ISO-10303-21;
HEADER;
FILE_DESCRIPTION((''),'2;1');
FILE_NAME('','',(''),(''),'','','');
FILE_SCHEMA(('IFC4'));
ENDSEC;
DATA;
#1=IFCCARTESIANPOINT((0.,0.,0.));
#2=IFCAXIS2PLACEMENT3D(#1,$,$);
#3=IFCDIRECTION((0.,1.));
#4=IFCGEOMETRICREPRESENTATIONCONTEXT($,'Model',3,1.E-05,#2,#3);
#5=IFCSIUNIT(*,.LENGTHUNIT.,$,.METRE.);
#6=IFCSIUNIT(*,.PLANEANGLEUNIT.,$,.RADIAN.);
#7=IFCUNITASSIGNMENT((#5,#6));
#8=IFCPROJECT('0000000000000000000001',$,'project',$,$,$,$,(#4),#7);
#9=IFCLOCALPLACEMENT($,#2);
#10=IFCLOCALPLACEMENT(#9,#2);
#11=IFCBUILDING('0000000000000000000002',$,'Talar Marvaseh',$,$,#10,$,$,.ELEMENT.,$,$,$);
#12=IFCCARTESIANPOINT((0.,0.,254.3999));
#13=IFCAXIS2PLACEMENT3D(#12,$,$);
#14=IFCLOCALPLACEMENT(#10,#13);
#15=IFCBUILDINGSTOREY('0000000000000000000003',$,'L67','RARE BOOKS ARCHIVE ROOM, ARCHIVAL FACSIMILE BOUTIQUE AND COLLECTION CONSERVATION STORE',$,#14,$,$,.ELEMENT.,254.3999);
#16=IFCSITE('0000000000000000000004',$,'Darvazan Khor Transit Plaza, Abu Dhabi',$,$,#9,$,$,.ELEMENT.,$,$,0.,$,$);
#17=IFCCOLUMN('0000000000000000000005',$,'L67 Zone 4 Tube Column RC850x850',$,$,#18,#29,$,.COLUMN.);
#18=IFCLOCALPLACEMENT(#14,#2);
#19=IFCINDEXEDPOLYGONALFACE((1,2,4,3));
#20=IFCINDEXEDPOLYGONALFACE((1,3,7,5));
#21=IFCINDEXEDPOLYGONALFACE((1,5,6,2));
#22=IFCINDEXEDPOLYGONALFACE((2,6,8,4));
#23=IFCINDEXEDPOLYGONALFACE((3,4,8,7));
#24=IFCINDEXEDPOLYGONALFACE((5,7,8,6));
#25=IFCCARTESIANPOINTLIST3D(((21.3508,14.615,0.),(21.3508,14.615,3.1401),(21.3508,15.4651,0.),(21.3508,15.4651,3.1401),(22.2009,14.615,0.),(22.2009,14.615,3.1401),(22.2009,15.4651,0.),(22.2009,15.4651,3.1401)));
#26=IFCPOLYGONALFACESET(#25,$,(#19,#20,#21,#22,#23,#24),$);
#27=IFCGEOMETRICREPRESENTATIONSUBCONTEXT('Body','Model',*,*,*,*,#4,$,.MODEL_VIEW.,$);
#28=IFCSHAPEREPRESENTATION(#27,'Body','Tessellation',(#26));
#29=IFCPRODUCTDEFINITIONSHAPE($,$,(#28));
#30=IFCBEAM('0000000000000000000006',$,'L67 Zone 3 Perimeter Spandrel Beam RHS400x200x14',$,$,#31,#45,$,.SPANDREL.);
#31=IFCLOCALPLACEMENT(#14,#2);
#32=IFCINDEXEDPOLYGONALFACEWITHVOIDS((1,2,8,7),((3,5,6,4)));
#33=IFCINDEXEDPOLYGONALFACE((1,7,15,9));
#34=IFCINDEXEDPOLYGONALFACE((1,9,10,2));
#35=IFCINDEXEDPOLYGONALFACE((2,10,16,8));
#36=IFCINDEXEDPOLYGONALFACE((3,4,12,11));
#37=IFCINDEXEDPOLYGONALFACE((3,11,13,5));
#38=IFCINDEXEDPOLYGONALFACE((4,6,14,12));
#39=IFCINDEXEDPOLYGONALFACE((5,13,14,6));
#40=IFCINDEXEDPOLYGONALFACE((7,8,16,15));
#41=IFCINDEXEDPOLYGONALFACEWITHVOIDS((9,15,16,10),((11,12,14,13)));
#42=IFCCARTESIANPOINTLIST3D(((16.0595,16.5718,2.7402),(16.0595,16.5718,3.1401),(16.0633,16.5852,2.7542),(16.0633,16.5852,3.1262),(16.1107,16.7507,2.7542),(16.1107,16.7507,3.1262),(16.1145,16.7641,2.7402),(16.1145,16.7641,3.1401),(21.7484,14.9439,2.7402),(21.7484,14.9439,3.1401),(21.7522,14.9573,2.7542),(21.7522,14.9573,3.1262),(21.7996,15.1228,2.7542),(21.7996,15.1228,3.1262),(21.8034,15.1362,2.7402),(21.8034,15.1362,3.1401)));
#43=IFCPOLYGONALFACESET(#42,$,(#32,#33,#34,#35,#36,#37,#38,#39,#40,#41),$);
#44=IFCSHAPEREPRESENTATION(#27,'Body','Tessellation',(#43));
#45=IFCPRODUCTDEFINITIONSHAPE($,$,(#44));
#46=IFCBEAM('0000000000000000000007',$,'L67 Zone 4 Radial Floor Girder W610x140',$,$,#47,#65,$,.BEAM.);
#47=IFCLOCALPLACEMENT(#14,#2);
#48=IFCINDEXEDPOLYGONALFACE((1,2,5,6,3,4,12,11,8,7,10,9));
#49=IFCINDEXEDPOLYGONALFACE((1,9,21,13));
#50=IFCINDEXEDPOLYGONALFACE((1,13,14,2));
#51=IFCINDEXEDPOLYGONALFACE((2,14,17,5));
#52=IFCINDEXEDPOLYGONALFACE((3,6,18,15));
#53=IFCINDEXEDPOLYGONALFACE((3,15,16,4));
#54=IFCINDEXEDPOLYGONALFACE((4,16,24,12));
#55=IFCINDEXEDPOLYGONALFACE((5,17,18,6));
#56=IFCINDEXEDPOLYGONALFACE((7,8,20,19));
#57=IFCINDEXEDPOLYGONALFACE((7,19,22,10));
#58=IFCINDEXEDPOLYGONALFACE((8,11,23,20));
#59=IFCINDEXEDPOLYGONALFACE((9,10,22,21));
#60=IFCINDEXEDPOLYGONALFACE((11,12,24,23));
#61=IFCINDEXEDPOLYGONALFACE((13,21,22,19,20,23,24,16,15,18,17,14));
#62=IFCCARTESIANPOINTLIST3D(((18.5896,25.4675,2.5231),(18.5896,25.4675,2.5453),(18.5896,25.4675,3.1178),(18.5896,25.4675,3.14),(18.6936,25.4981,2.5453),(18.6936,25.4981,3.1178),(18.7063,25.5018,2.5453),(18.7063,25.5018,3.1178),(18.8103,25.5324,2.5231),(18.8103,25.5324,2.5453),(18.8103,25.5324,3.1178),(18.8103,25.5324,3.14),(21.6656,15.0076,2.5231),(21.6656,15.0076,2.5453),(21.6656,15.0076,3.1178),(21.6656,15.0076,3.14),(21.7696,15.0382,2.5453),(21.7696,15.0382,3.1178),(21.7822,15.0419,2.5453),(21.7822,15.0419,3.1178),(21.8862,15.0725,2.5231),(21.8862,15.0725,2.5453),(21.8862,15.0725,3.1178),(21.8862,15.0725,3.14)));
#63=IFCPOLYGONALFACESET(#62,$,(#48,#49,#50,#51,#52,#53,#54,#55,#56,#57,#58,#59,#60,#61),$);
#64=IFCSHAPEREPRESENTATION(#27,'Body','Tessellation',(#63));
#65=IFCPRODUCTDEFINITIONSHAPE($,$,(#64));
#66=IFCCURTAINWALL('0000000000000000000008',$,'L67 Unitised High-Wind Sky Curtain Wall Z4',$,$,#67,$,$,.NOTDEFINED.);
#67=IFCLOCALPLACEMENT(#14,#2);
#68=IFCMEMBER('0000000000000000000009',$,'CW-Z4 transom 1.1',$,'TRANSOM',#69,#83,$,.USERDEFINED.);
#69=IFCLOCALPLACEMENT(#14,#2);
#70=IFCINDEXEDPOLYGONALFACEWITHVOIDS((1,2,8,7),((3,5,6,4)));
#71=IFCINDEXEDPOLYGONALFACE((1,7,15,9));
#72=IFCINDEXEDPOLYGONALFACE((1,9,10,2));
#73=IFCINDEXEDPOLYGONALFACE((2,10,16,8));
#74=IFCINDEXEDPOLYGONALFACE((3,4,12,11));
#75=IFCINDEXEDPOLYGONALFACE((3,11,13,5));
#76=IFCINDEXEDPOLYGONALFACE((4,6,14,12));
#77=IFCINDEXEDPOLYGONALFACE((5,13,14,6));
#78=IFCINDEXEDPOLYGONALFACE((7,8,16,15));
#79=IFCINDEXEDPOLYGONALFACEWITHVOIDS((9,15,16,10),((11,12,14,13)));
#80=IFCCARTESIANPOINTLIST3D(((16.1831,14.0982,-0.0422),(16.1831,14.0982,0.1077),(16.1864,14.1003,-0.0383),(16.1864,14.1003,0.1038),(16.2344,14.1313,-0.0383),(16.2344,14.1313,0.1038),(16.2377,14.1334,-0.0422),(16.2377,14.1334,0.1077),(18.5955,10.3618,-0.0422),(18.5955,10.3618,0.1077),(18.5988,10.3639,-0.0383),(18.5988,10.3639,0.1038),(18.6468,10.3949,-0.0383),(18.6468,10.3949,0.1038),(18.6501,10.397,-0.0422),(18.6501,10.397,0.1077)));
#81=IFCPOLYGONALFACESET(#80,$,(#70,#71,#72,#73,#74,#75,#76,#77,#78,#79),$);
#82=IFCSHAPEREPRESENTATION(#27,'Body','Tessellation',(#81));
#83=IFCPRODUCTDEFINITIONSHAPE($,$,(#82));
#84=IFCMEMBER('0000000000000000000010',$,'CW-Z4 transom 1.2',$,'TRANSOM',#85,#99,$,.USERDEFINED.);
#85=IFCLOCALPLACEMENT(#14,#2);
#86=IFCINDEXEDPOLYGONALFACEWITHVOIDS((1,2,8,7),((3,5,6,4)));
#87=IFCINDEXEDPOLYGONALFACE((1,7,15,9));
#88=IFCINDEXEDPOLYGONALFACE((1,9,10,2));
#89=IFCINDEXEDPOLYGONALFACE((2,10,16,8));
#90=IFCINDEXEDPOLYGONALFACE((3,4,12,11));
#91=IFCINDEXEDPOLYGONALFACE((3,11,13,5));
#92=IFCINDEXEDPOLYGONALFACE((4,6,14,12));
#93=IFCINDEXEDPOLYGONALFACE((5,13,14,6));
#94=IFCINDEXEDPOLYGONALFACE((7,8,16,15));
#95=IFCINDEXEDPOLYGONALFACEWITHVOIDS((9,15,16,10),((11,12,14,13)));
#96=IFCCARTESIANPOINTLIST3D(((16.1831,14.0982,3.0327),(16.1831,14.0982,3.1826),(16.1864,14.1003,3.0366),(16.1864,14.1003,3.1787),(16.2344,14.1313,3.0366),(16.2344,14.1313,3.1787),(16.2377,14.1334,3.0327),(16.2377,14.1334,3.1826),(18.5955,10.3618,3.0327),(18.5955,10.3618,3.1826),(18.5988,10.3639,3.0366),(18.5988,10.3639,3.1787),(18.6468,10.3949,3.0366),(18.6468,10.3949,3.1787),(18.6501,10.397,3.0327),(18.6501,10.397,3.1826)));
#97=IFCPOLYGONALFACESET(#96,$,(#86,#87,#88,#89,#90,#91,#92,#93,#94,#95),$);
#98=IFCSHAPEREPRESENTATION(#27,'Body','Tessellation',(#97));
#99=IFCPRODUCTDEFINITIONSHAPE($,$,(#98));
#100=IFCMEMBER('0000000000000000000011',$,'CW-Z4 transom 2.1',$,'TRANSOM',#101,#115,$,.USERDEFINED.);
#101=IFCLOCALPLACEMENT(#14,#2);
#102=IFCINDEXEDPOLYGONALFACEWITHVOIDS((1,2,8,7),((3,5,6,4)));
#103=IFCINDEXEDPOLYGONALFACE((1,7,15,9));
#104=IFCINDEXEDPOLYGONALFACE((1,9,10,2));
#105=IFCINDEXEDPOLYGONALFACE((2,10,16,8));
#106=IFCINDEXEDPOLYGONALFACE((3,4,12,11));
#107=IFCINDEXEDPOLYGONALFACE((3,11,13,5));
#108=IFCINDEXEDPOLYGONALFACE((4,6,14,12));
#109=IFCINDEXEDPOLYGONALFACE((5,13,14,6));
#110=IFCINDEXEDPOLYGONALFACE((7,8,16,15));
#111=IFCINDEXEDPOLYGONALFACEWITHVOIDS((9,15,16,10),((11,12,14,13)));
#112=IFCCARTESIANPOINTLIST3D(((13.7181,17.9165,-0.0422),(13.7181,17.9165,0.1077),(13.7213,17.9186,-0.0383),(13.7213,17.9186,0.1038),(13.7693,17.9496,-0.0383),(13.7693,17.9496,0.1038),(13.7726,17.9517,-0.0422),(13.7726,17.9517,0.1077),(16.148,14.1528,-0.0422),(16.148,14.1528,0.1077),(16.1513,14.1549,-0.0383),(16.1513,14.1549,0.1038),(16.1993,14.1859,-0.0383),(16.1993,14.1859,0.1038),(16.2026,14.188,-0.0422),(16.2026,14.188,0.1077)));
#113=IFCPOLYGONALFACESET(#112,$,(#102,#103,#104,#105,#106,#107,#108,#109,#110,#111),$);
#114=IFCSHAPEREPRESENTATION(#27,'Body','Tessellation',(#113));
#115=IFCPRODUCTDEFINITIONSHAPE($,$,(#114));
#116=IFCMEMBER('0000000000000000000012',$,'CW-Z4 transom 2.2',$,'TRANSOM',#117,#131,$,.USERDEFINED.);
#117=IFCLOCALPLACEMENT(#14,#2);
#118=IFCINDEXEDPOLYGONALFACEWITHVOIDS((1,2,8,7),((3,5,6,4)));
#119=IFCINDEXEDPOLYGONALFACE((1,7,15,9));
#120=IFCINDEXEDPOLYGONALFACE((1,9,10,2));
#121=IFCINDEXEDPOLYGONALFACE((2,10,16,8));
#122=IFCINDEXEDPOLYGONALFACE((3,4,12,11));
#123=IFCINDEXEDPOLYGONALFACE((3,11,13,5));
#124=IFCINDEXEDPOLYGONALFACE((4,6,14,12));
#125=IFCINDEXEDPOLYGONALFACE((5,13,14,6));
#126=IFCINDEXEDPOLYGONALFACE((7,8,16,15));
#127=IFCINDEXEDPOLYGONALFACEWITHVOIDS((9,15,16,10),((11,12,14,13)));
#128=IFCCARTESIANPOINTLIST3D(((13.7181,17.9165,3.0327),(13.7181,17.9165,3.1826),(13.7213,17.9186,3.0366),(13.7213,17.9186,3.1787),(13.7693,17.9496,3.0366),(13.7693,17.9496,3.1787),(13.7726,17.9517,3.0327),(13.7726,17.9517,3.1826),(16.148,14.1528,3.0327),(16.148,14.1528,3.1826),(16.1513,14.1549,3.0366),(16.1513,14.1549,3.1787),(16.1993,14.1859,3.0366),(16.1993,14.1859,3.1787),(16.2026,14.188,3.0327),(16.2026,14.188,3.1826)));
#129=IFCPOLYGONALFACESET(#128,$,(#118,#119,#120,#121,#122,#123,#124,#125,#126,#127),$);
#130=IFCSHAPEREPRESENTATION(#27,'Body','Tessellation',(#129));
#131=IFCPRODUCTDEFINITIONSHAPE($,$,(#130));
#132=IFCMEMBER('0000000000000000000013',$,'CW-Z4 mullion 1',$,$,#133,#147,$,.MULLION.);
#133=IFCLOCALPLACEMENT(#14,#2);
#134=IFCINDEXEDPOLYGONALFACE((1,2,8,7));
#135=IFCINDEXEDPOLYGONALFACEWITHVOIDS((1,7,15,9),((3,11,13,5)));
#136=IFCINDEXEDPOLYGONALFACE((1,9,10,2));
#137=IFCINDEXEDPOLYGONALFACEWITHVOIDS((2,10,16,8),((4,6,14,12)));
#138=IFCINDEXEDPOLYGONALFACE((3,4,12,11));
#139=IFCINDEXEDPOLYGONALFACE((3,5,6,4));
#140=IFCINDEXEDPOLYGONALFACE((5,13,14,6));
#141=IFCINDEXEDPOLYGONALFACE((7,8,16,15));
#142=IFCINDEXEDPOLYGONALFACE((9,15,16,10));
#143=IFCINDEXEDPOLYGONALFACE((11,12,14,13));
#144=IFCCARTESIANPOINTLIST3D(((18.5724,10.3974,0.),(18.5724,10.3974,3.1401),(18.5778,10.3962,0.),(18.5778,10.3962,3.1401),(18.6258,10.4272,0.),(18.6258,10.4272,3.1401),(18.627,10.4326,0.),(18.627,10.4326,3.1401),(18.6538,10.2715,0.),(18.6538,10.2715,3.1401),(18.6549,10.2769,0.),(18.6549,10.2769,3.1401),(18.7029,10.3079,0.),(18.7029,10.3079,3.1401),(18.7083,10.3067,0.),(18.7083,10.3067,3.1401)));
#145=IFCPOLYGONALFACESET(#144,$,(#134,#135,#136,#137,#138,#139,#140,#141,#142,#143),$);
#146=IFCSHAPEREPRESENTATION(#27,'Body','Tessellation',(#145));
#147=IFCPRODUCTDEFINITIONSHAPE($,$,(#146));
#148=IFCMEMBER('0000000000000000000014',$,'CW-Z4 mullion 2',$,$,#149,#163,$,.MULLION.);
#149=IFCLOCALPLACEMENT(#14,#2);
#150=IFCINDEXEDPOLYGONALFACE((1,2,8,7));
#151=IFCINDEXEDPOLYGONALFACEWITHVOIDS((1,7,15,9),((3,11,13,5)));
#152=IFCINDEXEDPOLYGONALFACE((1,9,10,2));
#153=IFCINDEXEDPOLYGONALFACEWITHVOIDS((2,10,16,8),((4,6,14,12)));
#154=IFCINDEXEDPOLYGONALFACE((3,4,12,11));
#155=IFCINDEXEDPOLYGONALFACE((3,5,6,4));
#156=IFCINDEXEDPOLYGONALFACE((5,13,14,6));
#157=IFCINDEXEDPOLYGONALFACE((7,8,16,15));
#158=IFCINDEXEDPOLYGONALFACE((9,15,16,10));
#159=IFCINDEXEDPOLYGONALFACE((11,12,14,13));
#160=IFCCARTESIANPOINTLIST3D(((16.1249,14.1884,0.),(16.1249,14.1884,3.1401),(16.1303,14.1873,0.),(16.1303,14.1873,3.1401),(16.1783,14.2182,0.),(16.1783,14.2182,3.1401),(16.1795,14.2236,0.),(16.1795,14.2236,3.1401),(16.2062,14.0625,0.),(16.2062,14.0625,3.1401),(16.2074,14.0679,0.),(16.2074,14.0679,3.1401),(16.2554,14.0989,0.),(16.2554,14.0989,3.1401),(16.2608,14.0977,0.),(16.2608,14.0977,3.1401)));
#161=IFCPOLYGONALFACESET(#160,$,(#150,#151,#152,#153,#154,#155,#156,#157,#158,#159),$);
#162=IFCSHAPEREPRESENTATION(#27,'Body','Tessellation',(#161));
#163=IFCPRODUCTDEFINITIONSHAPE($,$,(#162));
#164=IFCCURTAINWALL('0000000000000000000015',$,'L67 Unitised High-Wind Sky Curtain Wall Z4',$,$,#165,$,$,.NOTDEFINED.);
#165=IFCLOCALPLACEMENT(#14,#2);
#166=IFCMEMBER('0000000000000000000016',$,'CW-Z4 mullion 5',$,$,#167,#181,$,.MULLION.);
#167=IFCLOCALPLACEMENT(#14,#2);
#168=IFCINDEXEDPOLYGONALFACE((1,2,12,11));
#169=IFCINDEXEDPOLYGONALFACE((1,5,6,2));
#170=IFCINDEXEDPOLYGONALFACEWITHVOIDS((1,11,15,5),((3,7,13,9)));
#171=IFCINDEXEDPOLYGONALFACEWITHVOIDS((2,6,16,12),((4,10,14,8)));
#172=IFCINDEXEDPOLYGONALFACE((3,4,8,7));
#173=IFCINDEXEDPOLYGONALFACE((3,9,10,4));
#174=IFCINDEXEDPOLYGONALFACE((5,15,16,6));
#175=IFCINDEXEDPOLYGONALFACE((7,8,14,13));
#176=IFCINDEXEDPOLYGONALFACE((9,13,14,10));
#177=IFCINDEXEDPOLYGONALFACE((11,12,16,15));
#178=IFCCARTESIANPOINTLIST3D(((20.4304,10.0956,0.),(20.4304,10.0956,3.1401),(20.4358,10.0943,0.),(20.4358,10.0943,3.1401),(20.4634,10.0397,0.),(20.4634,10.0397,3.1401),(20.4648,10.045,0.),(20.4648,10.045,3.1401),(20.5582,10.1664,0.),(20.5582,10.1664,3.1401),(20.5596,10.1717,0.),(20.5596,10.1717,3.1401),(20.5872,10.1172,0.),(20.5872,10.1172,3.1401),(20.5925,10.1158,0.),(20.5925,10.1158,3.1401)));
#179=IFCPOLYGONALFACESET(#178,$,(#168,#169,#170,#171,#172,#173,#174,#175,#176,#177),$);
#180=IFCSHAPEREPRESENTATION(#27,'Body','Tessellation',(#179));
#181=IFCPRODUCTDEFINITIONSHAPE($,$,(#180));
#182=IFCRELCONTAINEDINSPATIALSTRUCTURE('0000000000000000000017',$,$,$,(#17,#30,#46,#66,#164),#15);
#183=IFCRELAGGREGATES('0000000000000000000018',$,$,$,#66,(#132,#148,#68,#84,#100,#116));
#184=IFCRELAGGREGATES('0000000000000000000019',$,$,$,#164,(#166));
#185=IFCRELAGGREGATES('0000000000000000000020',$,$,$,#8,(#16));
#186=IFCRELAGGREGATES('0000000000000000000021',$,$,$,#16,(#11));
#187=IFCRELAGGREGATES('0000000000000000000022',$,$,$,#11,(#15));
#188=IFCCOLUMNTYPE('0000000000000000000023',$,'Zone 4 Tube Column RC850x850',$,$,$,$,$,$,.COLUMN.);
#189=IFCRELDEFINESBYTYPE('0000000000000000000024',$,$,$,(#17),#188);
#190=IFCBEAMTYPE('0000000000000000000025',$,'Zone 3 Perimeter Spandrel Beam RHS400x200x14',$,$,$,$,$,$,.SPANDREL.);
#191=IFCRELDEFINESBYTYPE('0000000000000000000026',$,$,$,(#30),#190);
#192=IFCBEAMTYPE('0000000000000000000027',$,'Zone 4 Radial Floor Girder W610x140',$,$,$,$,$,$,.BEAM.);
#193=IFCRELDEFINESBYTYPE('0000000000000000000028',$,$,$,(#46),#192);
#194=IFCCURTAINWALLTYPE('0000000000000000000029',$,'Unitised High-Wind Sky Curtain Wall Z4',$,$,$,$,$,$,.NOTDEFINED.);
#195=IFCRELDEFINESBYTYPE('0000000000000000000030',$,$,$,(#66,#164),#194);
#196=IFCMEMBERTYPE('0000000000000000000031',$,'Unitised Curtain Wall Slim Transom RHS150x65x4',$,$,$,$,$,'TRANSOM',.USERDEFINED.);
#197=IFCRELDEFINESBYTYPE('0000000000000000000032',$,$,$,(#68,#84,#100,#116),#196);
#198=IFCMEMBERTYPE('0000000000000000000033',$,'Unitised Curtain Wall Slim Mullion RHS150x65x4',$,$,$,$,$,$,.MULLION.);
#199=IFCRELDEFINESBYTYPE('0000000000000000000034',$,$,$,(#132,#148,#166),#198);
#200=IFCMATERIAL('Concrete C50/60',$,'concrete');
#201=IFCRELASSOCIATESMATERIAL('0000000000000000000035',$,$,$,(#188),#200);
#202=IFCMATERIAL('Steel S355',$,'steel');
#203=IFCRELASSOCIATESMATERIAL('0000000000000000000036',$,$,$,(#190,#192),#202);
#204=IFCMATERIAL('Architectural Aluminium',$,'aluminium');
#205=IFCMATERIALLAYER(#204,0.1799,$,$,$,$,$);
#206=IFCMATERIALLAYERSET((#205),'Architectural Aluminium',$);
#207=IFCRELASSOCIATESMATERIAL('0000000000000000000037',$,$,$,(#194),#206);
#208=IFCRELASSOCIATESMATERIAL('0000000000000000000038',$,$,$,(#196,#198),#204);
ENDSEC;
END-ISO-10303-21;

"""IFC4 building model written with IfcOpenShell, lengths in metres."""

from ifc_helpers import new_model, si_unit, direction, frame, origin, origin_2d, place, context, subcontext, project, spatial, rectangle, hollow_rectangle, i_section, extrude, source, transform, mapped, material, layer, layer_set, material_profile, profile_set, type_object, type_shapes, element, aggregate, save


model = new_model("IFC4")

# Units and contexts
model_context = context("Model", 3, precision=1e-05, world=origin(), true_north=direction((0.0, 1.0)))
body_context = subcontext(model_context, "Body", "Model", "MODEL_VIEW")
ifc_project = project(units=[si_unit("LENGTHUNIT", "METRE"), si_unit("PLANEANGLEUNIT", "RADIAN")], contexts=[model_context])

# Site, building, storey
site_placement = place(None, origin())
site = spatial("IfcSite", under=ifc_project, at=site_placement, Name="Darvazan Khor Transit Plaza, Abu Dhabi", CompositionType="ELEMENT", RefElevation=0.0)
building_placement = place(site_placement, origin())
building = spatial("IfcBuilding", under=site, at=building_placement, Name="Talar Marvaseh", CompositionType="ELEMENT")
storey_placement = place(building_placement, frame((0.0, 0.0, 254.3999)))
storey = spatial("IfcBuildingStorey", under=building, at=storey_placement, Name="L67", Description="RARE BOOKS ARCHIVE ROOM, ARCHIVAL FACSIMILE BOUTIQUE AND COLLECTION CONSERVATION STORE", CompositionType="ELEMENT", Elevation=254.3999)

# Column
ifc_material_1 = material(Name="Concrete C50/60", Category="concrete")
ifc_material_profile_1 = material_profile(ifc_material_1, rectangle(XDim=0.8501, YDim=0.8501, at=origin_2d()), Name="RC850x850")
ifc_profile_set_1 = profile_set([ifc_material_profile_1], Name="Concrete C50/60")
column_type = type_object("IfcColumnType", Name="Zone 4 Tube Column RC850x850", PredefinedType="COLUMN", material=ifc_profile_set_1)
column_placement = place(storey_placement, frame((21.7759, 15.04, 0.0), z_axis=(0.0, 0.0, 1.0), x_axis=(1.0, 0.0, 0.0)))
element("IfcColumn", 1, at=column_placement, inside=storey, type_object=column_type, Name="L67 Zone 4 Tube Column RC850x850", PredefinedType="COLUMN", context=body_context, shape_type="SweptSolid", body=[
    extrude(rectangle(XDim=0.8501, YDim=0.8501, at=origin_2d()), origin(), (0.0, 0.0, 1.0), 3.1401),
])

# Beams
ifc_material_2 = material(Name="Steel S355", Category="steel")
ifc_material_profile_2 = material_profile(ifc_material_2, hollow_rectangle(XDim=0.2, YDim=0.3999, WallThickness=0.0139, at=origin_2d()), Name="RHS400x200x14")
ifc_profile_set_2 = profile_set([ifc_material_profile_2], Name="Steel S355")
beam_type_1 = type_object("IfcBeamType", Name="Zone 3 Perimeter Spandrel Beam RHS400x200x14", PredefinedType="SPANDREL", material=ifc_profile_set_2)
beam_1_placement = place(storey_placement, frame((21.7759, 15.04, 2.9402), z_axis=(-0.961412, 0.275113, 0.0), x_axis=(-0.275113, -0.961412, 0.0)))
element("IfcBeam", 2, at=beam_1_placement, inside=storey, type_object=beam_type_1, Name="L67 Zone 3 Perimeter Spandrel Beam RHS400x200x14", PredefinedType="SPANDREL", context=body_context, shape_type="SweptSolid", body=[
    extrude(hollow_rectangle(XDim=0.2, YDim=0.3999, WallThickness=0.0139, at=origin_2d()), origin(), (0.0, 0.0, 1.0), 5.9172),
])
ifc_material_profile_3 = material_profile(ifc_material_2, i_section(OverallWidth=0.23, OverallDepth=0.6169, WebThickness=0.0132, FlangeThickness=0.0222, at=origin_2d()), Name="W610x140")
ifc_profile_set_3 = profile_set([ifc_material_profile_3], Name="Steel S355")
beam_type_2 = type_object("IfcBeamType", Name="Zone 4 Radial Floor Girder W610x140", PredefinedType="BEAM", material=ifc_profile_set_3)
beam_2_placement = place(storey_placement, frame((21.7759, 15.04, 2.8315), z_axis=(-0.282121, 0.959379, 0.0), x_axis=(-0.959379, -0.282121, 0.0)))
element("IfcBeam", 3, at=beam_2_placement, inside=storey, type_object=beam_type_2, Name="L67 Zone 4 Radial Floor Girder W610x140", PredefinedType="BEAM", context=body_context, shape_type="SweptSolid", body=[
    extrude(i_section(OverallWidth=0.23, OverallDepth=0.6169, WebThickness=0.0132, FlangeThickness=0.0222, at=origin_2d()), origin(), (0.0, 0.0, 1.0), 10.9028),
])

# Curtain wall, members
ifc_material_3 = material(Name="Architectural Aluminium", Category="aluminium")
ifc_layer_1 = layer(ifc_material_3, 0.1799)
ifc_layer_set_1 = layer_set([ifc_layer_1], Name="Architectural Aluminium")
curtain_wall_type = type_object("IfcCurtainWallType", Name="Unitised High-Wind Sky Curtain Wall Z4", PredefinedType="NOTDEFINED", material=ifc_layer_set_1)
curtain_wall_1_placement = place(storey_placement, origin())
curtain_wall_1 = element("IfcCurtainWall", 4, at=curtain_wall_1_placement, inside=storey, type_object=curtain_wall_type, Name="L67 Unitised High-Wind Sky Curtain Wall Z4", PredefinedType="NOTDEFINED")
ifc_material_profile_4 = material_profile(ifc_material_3, hollow_rectangle(XDim=0.0649, YDim=0.1499, WallThickness=0.0039, at=origin_2d()), Name="RHS150x65x4")
ifc_profile_set_4 = profile_set([ifc_material_profile_4], Name="Architectural Aluminium")
member_type_1 = type_object("IfcMemberType", Name="Unitised Curtain Wall Slim Transom RHS150x65x4", ElementType="TRANSOM", PredefinedType="USERDEFINED", material=ifc_profile_set_4)
shared_shape_1 = source(origin(), body_context, "Body", "SweptSolid", [
    extrude(hollow_rectangle(XDim=0.0649, YDim=0.1499, WallThickness=0.0039, at=origin_2d()), origin(), (0.0, 0.0, 1.0), 4.4475),
])
member_1_placement = place(storey_placement, frame((18.6228, 10.3794, 0.0327), z_axis=(-0.542416, 0.84011, 0.0), x_axis=(-0.84011, -0.542416, 0.0)))
member_1 = element("IfcMember", 5, at=member_1_placement, type_object=member_type_1, Name="CW-Z4 transom 1.1", ObjectType="TRANSOM", PredefinedType="USERDEFINED", context=body_context, shape_type="MappedRepresentation", body=[
    mapped(shared_shape_1, transform((0.0, 0.0, 0.0), x_axis=(1.0, 0.0, 0.0), y_axis=(0.0, 1.0, 0.0), z_axis=(0.0, 0.0, 1.0), scale=1.0)),
])
member_2_placement = place(storey_placement, frame((18.6228, 10.3794, 3.1077), z_axis=(-0.542416, 0.84011, 0.0), x_axis=(-0.84011, -0.542416, 0.0)))
member_2 = element("IfcMember", 6, at=member_2_placement, type_object=member_type_1, Name="CW-Z4 transom 1.2", ObjectType="TRANSOM", PredefinedType="USERDEFINED", context=body_context, shape_type="MappedRepresentation", body=[
    mapped(shared_shape_1, transform((0.0, 0.0, 0.0), x_axis=(1.0, 0.0, 0.0), y_axis=(0.0, 1.0, 0.0), z_axis=(0.0, 0.0, 1.0), scale=1.0)),
])
shared_shape_2 = source(origin(), body_context, "Body", "SweptSolid", [
    extrude(hollow_rectangle(XDim=0.0649, YDim=0.1499, WallThickness=0.0039, at=origin_2d()), origin(), (0.0, 0.0, 1.0), 4.48),
])
type_shapes(member_type_1, [shared_shape_1, shared_shape_2])
member_3_placement = place(storey_placement, frame((16.1753, 14.1704, 0.0327), z_axis=(-0.542404, 0.840118, 0.0), x_axis=(-0.840118, -0.542404, 0.0)))
member_3 = element("IfcMember", 7, at=member_3_placement, type_object=member_type_1, Name="CW-Z4 transom 2.1", ObjectType="TRANSOM", PredefinedType="USERDEFINED", context=body_context, shape_type="MappedRepresentation", body=[
    mapped(shared_shape_2, transform((0.0, 0.0, 0.0), x_axis=(1.0, 0.0, 0.0), y_axis=(0.0, 1.0, 0.0), z_axis=(0.0, 0.0, 1.0), scale=1.0)),
])
member_4_placement = place(storey_placement, frame((16.1753, 14.1704, 3.1077), z_axis=(-0.542404, 0.840118, 0.0), x_axis=(-0.840118, -0.542404, 0.0)))
member_4 = element("IfcMember", 8, at=member_4_placement, type_object=member_type_1, Name="CW-Z4 transom 2.2", ObjectType="TRANSOM", PredefinedType="USERDEFINED", context=body_context, shape_type="MappedRepresentation", body=[
    mapped(shared_shape_2, transform((0.0, 0.0, 0.0), x_axis=(1.0, 0.0, 0.0), y_axis=(0.0, 1.0, 0.0), z_axis=(0.0, 0.0, 1.0), scale=1.0)),
])
ifc_material_profile_5 = material_profile(ifc_material_3, hollow_rectangle(XDim=0.0649, YDim=0.1499, WallThickness=0.0039, at=origin_2d()), Name="RHS150x65x4")
ifc_profile_set_5 = profile_set([ifc_material_profile_5], Name="Architectural Aluminium")
member_type_2 = type_object("IfcMemberType", Name="Unitised Curtain Wall Slim Mullion RHS150x65x4", PredefinedType="MULLION", material=ifc_profile_set_5)
shared_shape_3 = source(origin(), body_context, "Body", "SweptSolid", [
    extrude(hollow_rectangle(XDim=0.0649, YDim=0.1499, WallThickness=0.0039, at=origin_2d()), origin(), (0.0, 0.0, 1.0), 3.1401),
])
type_shapes(member_type_2, [shared_shape_3])
member_5_placement = place(storey_placement, frame((18.6404, 10.3521, 0.0), z_axis=(0.0, 0.0, 1.0), x_axis=(-0.840128, -0.542388, 0.0)))
member_5 = element("IfcMember", 9, at=member_5_placement, type_object=member_type_2, Name="CW-Z4 mullion 1", PredefinedType="MULLION", context=body_context, shape_type="MappedRepresentation", body=[
    mapped(shared_shape_3, transform((0.0, 0.0, 0.0), x_axis=(1.0, 0.0, 0.0), y_axis=(0.0, 1.0, 0.0), z_axis=(0.0, 0.0, 1.0), scale=1.0)),
])
member_6_placement = place(storey_placement, frame((16.1929, 14.1431, 0.0), z_axis=(0.0, 0.0, 1.0), x_axis=(-0.840128, -0.542388, 0.0)))
member_6 = element("IfcMember", 10, at=member_6_placement, type_object=member_type_2, Name="CW-Z4 mullion 2", PredefinedType="MULLION", context=body_context, shape_type="MappedRepresentation", body=[
    mapped(shared_shape_3, transform((0.0, 0.0, 0.0), x_axis=(1.0, 0.0, 0.0), y_axis=(0.0, 1.0, 0.0), z_axis=(0.0, 0.0, 1.0), scale=1.0)),
])

# Curtain wall, member
curtain_wall_2_placement = place(storey_placement, origin())
curtain_wall_2 = element("IfcCurtainWall", 11, at=curtain_wall_2_placement, inside=storey, type_object=curtain_wall_type, Name="L67 Unitised High-Wind Sky Curtain Wall Z4", PredefinedType="NOTDEFINED")
member_7_placement = place(storey_placement, frame((20.5115, 10.1057, 0.0), z_axis=(0.0, 0.0, 1.0), x_axis=(0.507672, -0.861551, 0.0)))
member_7 = element("IfcMember", 12, at=member_7_placement, type_object=member_type_2, Name="CW-Z4 mullion 5", PredefinedType="MULLION", context=body_context, shape_type="MappedRepresentation", body=[
    mapped(shared_shape_3, transform((0.0, 0.0, 0.0), x_axis=(1.0, 0.0, 0.0), y_axis=(0.0, 1.0, 0.0), z_axis=(0.0, 0.0, 1.0), scale=1.0)),
])

aggregate(curtain_wall_1, [member_5, member_6, member_1, member_2, member_3, member_4])
aggregate(curtain_wall_2, [member_7])

save(model, "model.ifc")
